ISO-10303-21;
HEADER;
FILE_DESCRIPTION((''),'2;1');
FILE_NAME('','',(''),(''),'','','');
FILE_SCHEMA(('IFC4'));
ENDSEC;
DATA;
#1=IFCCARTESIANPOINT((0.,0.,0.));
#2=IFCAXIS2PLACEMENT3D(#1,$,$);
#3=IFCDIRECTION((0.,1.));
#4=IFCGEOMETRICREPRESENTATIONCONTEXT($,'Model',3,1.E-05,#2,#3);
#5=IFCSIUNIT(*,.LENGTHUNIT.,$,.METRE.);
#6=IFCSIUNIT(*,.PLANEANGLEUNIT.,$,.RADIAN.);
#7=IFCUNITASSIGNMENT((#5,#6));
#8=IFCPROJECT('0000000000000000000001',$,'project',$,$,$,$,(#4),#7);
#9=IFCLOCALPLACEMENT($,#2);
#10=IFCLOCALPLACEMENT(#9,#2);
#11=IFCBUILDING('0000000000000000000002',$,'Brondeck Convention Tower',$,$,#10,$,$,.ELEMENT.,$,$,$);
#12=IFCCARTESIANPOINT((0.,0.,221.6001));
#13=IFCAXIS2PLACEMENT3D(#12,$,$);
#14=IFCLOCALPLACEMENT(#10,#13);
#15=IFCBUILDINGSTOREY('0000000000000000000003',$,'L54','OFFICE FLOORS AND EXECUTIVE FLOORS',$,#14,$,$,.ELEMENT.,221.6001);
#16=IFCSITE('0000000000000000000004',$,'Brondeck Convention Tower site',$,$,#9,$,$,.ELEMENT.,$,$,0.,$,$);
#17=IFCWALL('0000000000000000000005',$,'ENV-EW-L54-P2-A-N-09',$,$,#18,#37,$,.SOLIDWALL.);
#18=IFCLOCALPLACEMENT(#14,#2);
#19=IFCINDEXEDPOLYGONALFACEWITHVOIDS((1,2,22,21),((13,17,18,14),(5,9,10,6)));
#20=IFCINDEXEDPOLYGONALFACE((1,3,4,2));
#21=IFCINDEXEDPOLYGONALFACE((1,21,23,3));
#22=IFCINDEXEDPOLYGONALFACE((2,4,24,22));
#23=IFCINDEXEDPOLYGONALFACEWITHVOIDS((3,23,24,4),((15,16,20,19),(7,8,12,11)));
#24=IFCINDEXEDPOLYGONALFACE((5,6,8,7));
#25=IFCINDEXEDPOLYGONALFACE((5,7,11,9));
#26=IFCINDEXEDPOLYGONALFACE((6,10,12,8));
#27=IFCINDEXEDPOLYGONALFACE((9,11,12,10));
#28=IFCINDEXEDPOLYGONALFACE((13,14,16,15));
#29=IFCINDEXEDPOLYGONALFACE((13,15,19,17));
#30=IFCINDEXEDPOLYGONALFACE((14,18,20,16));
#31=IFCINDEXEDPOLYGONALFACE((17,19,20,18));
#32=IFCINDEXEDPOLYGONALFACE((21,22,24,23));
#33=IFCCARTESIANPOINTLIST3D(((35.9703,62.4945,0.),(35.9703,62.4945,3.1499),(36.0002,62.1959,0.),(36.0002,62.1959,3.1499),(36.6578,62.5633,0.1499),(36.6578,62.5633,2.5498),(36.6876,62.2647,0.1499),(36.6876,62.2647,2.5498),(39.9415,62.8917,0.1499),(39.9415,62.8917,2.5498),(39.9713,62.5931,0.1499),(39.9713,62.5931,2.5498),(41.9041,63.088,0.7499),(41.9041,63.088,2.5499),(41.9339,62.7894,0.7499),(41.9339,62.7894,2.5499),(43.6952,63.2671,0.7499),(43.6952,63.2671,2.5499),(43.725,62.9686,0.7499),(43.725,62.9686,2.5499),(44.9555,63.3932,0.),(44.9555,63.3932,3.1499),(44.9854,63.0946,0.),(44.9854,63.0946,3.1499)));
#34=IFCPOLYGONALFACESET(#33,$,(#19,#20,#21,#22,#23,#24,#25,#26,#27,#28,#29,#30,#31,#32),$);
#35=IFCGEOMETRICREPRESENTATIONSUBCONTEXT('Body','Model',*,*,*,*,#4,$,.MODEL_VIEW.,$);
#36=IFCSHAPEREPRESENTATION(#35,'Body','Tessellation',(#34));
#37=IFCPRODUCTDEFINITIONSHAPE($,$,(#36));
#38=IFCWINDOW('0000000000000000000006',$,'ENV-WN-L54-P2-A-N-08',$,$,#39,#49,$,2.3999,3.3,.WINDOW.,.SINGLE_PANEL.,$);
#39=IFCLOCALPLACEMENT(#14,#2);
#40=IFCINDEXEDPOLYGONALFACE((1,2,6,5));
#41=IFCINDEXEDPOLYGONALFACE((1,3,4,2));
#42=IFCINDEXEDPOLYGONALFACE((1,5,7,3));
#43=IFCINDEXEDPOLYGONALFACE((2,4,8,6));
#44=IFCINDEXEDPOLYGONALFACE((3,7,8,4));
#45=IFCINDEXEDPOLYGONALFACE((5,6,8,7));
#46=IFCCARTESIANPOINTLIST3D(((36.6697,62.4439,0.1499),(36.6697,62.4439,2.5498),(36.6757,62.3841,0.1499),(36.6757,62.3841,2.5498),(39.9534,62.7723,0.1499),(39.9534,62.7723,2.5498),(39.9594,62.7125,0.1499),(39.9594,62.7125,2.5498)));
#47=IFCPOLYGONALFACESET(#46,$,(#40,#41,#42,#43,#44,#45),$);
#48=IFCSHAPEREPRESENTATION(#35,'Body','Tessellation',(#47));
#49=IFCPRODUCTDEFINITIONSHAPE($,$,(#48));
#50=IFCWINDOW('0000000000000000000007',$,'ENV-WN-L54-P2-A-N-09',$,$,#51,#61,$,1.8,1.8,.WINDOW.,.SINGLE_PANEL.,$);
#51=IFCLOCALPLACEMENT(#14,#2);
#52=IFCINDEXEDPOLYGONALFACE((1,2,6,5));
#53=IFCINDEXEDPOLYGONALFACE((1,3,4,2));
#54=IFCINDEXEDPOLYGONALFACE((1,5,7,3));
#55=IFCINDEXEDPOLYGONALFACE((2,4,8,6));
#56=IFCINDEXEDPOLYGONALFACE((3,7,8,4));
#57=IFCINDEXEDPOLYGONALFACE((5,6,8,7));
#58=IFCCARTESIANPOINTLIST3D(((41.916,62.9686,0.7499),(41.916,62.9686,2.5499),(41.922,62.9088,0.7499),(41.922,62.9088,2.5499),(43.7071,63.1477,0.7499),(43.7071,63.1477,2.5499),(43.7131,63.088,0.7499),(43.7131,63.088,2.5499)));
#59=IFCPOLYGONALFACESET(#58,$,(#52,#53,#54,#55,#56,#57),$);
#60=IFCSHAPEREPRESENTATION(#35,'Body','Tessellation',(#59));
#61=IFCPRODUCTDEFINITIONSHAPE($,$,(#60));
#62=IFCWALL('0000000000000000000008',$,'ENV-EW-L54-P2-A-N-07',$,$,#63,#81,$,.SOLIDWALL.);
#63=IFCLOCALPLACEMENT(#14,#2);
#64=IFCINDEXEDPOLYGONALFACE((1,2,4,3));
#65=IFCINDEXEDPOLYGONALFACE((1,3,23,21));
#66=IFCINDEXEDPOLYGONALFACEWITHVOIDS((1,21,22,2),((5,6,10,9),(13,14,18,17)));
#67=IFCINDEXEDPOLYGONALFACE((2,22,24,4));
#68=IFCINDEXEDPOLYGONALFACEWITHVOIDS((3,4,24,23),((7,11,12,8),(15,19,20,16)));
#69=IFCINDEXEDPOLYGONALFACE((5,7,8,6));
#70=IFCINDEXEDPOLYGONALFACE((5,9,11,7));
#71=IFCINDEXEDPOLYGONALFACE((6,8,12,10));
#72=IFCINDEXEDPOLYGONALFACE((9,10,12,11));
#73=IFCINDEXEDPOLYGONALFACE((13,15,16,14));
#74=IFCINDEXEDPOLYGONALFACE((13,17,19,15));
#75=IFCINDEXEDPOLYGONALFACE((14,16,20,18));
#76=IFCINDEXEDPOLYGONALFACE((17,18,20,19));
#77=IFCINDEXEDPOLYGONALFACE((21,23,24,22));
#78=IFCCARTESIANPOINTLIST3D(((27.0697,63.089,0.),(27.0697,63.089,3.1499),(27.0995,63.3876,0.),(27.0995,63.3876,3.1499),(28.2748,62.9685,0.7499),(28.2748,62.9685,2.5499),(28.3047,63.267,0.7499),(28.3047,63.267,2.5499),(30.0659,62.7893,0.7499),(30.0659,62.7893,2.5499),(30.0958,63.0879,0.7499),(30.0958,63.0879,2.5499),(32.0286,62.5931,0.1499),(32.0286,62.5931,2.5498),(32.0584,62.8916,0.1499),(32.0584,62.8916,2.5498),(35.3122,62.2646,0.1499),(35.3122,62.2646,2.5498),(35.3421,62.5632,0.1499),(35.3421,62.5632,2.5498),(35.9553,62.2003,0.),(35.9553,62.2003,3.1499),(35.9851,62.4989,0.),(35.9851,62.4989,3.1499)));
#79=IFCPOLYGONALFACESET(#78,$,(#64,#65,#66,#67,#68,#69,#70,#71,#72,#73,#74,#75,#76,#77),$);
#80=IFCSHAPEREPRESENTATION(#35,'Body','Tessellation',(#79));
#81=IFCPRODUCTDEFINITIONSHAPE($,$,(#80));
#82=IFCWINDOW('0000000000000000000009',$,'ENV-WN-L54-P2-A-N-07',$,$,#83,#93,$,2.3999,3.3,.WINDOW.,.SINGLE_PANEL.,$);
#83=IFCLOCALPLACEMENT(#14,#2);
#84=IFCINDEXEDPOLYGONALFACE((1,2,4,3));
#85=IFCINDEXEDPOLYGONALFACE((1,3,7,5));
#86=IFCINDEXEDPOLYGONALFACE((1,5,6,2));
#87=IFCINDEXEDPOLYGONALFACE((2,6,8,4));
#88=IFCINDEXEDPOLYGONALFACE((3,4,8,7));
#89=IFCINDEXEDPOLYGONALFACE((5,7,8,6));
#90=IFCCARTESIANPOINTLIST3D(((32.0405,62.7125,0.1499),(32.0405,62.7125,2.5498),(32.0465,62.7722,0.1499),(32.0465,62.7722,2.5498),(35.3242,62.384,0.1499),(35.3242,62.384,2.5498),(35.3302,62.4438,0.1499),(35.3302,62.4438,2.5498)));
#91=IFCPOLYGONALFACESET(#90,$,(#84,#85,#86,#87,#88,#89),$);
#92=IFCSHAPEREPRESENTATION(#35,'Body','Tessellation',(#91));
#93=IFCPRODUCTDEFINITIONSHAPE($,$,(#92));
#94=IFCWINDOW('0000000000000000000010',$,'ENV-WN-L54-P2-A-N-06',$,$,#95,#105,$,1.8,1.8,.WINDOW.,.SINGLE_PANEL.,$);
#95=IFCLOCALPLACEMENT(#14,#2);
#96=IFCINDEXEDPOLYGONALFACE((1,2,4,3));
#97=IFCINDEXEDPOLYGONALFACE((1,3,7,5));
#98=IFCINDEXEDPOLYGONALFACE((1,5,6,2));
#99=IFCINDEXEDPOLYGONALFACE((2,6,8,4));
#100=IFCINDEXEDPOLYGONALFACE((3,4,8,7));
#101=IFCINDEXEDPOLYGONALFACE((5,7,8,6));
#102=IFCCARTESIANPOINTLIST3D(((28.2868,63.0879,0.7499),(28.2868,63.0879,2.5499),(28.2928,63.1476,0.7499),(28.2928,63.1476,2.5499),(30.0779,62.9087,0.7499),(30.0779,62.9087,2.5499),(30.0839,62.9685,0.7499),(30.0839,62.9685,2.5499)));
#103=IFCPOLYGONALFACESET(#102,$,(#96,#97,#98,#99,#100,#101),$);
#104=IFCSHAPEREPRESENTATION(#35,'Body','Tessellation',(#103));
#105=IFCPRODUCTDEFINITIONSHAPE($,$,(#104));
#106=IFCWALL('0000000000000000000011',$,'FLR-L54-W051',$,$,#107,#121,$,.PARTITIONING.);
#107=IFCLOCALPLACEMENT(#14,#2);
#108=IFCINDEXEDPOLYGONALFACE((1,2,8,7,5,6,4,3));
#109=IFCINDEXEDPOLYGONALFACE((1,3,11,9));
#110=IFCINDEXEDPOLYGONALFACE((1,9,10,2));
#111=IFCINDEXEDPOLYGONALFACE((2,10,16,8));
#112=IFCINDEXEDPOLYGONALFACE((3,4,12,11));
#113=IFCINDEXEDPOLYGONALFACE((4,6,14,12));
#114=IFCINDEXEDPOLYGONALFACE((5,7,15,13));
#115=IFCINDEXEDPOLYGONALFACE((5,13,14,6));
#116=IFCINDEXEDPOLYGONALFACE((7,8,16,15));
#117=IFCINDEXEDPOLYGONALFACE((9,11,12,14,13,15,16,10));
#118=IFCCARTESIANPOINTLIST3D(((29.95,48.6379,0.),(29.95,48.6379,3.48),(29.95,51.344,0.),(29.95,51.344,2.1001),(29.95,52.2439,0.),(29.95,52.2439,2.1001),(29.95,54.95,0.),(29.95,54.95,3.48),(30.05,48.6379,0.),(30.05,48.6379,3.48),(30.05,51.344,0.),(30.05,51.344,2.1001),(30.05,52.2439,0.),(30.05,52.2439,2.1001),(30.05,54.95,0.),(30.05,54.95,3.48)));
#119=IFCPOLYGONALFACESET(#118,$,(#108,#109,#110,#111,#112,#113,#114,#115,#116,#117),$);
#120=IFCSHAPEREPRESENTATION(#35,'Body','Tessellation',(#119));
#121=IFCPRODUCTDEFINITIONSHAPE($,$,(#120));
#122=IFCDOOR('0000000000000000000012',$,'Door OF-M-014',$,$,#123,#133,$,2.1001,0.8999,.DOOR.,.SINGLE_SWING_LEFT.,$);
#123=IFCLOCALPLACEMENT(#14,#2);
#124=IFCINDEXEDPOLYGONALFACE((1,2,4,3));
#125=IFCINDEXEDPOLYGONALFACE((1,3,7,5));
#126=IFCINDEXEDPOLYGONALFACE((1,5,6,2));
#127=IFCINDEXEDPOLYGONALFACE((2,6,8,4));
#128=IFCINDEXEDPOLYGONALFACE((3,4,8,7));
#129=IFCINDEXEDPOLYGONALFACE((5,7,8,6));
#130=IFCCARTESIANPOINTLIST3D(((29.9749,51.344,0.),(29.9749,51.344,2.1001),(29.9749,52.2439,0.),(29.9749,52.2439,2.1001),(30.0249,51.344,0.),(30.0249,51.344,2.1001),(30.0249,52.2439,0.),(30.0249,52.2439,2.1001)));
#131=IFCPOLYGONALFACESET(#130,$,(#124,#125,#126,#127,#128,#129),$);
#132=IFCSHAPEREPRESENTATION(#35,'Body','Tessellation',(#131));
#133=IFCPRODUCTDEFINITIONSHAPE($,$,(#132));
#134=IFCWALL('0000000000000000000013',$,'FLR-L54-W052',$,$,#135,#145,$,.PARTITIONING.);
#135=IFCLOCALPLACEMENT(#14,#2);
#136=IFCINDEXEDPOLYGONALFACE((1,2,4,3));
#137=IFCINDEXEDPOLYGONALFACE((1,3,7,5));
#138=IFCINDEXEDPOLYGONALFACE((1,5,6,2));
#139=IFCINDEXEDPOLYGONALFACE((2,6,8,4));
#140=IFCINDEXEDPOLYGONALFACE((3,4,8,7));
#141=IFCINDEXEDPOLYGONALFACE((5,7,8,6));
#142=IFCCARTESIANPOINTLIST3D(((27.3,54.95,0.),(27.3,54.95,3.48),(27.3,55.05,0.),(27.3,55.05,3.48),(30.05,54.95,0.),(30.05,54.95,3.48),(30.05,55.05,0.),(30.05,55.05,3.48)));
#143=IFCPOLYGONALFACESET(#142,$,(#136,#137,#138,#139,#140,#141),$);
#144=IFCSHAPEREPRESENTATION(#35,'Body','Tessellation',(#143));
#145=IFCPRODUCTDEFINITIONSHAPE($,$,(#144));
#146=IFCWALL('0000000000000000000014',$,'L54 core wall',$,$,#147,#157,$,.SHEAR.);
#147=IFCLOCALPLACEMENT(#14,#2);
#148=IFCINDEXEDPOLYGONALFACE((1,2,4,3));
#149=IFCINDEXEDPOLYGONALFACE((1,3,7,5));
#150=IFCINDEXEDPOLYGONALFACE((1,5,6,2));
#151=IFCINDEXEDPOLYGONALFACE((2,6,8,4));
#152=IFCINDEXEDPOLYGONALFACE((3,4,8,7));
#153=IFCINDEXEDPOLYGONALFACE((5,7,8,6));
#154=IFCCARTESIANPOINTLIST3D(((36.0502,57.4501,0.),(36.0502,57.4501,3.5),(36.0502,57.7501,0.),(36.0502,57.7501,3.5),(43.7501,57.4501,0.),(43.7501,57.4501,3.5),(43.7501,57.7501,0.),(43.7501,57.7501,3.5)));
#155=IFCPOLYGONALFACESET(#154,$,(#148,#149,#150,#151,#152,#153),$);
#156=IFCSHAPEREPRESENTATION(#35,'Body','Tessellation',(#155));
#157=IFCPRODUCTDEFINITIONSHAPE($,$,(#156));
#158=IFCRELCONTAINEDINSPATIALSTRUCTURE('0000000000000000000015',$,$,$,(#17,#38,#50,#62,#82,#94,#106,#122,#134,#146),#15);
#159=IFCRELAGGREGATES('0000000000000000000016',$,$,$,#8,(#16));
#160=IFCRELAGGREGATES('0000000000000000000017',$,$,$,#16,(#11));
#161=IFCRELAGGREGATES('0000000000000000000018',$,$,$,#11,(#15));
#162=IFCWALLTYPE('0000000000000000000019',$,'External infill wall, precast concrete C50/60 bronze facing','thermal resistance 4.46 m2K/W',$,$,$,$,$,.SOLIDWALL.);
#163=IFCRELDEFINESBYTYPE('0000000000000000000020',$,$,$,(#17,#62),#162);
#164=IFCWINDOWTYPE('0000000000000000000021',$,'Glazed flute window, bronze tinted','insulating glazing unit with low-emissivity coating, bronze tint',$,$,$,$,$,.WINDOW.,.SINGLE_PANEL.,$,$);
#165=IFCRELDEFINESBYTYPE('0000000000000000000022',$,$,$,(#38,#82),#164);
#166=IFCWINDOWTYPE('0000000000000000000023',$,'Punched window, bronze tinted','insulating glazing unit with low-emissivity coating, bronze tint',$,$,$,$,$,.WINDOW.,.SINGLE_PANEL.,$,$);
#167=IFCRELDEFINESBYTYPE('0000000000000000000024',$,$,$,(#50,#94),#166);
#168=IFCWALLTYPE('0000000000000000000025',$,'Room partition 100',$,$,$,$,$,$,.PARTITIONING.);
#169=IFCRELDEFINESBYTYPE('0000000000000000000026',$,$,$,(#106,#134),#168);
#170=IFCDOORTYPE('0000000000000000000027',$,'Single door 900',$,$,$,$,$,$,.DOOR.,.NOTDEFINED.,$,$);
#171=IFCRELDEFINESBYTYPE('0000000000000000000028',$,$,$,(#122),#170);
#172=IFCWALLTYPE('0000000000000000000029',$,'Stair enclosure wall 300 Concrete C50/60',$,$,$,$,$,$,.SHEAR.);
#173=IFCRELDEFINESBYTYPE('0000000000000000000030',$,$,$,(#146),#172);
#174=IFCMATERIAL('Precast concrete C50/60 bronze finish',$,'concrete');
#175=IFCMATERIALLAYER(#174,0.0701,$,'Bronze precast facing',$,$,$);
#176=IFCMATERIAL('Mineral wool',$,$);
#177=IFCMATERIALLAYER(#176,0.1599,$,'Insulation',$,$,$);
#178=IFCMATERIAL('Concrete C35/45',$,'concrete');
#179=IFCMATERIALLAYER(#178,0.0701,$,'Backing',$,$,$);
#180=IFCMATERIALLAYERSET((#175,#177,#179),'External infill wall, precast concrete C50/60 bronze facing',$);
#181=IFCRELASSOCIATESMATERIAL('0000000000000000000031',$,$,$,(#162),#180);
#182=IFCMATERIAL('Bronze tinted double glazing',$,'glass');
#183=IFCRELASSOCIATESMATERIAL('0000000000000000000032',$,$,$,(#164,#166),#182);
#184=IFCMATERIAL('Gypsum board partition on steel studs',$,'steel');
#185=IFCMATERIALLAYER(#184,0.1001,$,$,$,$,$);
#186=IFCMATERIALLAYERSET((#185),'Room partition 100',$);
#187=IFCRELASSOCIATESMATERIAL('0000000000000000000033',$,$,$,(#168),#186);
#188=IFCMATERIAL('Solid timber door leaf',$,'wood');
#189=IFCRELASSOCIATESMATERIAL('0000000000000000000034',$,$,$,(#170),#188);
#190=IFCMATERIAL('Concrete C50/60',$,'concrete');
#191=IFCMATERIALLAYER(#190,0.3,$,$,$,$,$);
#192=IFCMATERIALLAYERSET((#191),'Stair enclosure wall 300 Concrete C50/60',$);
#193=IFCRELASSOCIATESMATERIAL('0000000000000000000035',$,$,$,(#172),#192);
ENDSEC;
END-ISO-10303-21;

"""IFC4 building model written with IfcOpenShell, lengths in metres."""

from ifc_helpers import new_model, si_unit, direction, frame, frame_2d, origin, place, context, subcontext, project, spatial, rectangle, extrude, material, layer, layer_set, type_object, element, fill, save


model = new_model("IFC4")

# Units and contexts
model_context = context("Model", 3, precision=1e-05, world=origin(), true_north=direction((0.0, 1.0)))
body_context = subcontext(model_context, "Body", "Model", "MODEL_VIEW")
ifc_project = project(units=[si_unit("LENGTHUNIT", "METRE"), si_unit("PLANEANGLEUNIT", "RADIAN")], contexts=[model_context])

# Site, building, storey
site_placement = place(None, origin())
site = spatial("IfcSite", under=ifc_project, at=site_placement, Name="Brondeck Convention Tower site", CompositionType="ELEMENT", RefElevation=0.0)
building_placement = place(site_placement, origin())
building = spatial("IfcBuilding", under=site, at=building_placement, Name="Brondeck Convention Tower", CompositionType="ELEMENT")
storey_placement = place(building_placement, frame((0.0, 0.0, 221.6001)))
storey = spatial("IfcBuildingStorey", under=building, at=storey_placement, Name="L54", Description="OFFICE FLOORS AND EXECUTIVE FLOORS", CompositionType="ELEMENT", Elevation=221.6001)

# Shared definitions
ifc_material_1 = material(Name="Concrete C50/60", Category="concrete")

# Walls, openings, windows
ifc_material_2 = material(Name="Precast concrete C50/60 bronze finish", Category="concrete")
ifc_layer_1 = layer(ifc_material_2, 0.0701, Name="Bronze precast facing")
ifc_material_3 = material(Name="Mineral wool")
ifc_layer_2 = layer(ifc_material_3, 0.1599, Name="Insulation")
ifc_material_4 = material(Name="Concrete C35/45", Category="concrete")
ifc_layer_3 = layer(ifc_material_4, 0.0701, Name="Backing")
ifc_layer_set_1 = layer_set([ifc_layer_1, ifc_layer_2, ifc_layer_3], Name="External infill wall, precast concrete C50/60 bronze facing")
wall_type_1 = type_object("IfcWallType", Name="External infill wall, precast concrete C50/60 bronze facing", Description="thermal resistance 4.46 m2K/W", PredefinedType="SOLIDWALL", material=ifc_layer_set_1)
wall_1_placement = place(storey_placement, frame((35.9851, 62.3452, 0.0), z_axis=(0.0, 0.0, 1.0), x_axis=(0.995035, 0.099522, 0.0)))
wall_1 = element("IfcWall", 1, at=wall_1_placement, inside=storey, type_object=wall_type_1, Name="ENV-EW-L54-P2-A-N-09", PredefinedType="SOLIDWALL", context=body_context, shape_type="SweptSolid", body=[
    extrude(rectangle(XDim=9.03, YDim=0.3, at=frame_2d((4.5151, 0.0))), origin(), (0.0, 0.0, 1.0), 3.1499),
])
opening_1_placement = place(wall_1_placement, frame((0.6912, 0.0, 0.1499)))
opening_1 = element("IfcOpeningElement", 2, at=opening_1_placement, cuts=wall_1, PredefinedType="OPENING", context=body_context, shape_type="SweptSolid", body=[
    extrude(rectangle(XDim=3.3, YDim=2.3999, at=frame_2d((1.6499, 1.2))), frame((0.0, 0.1599, 0.0), z_axis=(0.0, -1.0, 0.0), x_axis=(1.0, 0.0, 0.0)), (0.0, 0.0, 1.0), 0.3201),
])
opening_2_placement = place(wall_1_placement, frame((5.9636, 0.0, 0.75)))
opening_2 = element("IfcOpeningElement", 3, at=opening_2_placement, cuts=wall_1, PredefinedType="OPENING", context=body_context, shape_type="SweptSolid", body=[
    extrude(rectangle(XDim=1.8, YDim=1.8, at=frame_2d((0.8999, 0.8999))), frame((0.0, 0.1599, 0.0), z_axis=(0.0, -1.0, 0.0), x_axis=(1.0, 0.0, 0.0)), (0.0, 0.0, 1.0), 0.3201),
])
ifc_material_5 = material(Name="Bronze tinted double glazing", Category="glass")
window_type_1 = type_object("IfcWindowType", Name="Glazed flute window, bronze tinted", Description="insulating glazing unit with low-emissivity coating, bronze tint", PartitioningType="SINGLE_PANEL", PredefinedType="WINDOW", material=ifc_material_5)
window_1_placement = place(opening_1_placement, origin())
window_1 = element("IfcWindow", 4, at=window_1_placement, inside=storey, type_object=window_type_1, Name="ENV-WN-L54-P2-A-N-08", OverallHeight=2.3999, OverallWidth=3.3, PartitioningType="SINGLE_PANEL", PredefinedType="WINDOW", context=body_context, shape_type="SweptSolid", body=[
    extrude(rectangle(XDim=3.3, YDim=2.3999, at=frame_2d((1.6499, 1.2))), frame((0.0, 0.03, 0.0), z_axis=(0.0, -1.0, 0.0), x_axis=(1.0, 0.0, 0.0)), (0.0, 0.0, 1.0), 0.0601),
])
fill(opening_1, window_1)
window_type_2 = type_object("IfcWindowType", Name="Punched window, bronze tinted", Description="insulating glazing unit with low-emissivity coating, bronze tint", PartitioningType="SINGLE_PANEL", PredefinedType="WINDOW", material=ifc_material_5)
window_2_placement = place(opening_2_placement, origin())
window_2 = element("IfcWindow", 5, at=window_2_placement, inside=storey, type_object=window_type_2, Name="ENV-WN-L54-P2-A-N-09", OverallHeight=1.8, OverallWidth=1.8, PartitioningType="SINGLE_PANEL", PredefinedType="WINDOW", context=body_context, shape_type="SweptSolid", body=[
    extrude(rectangle(XDim=1.8, YDim=1.8, at=frame_2d((0.8999, 0.8999))), frame((0.0, 0.03, 0.0), z_axis=(0.0, -1.0, 0.0), x_axis=(1.0, 0.0, 0.0)), (0.0, 0.0, 1.0), 0.0601),
])
fill(opening_2, window_2)
wall_2_placement = place(storey_placement, frame((27.0847, 63.2383, 0.0), z_axis=(0.0, 0.0, 1.0), x_axis=(0.995036, -0.099517, 0.0)))
wall_2 = element("IfcWall", 6, at=wall_2_placement, inside=storey, type_object=wall_type_1, Name="ENV-EW-L54-P2-A-N-07", PredefinedType="SOLIDWALL", context=body_context, shape_type="SweptSolid", body=[
    extrude(rectangle(XDim=8.9299, YDim=0.3, at=frame_2d((4.4648, 0.0))), origin(), (0.0, 0.0, 1.0), 3.1499),
])
opening_3_placement = place(wall_2_placement, frame((1.2112, 0.0, 0.75)))
opening_3 = element("IfcOpeningElement", 7, at=opening_3_placement, cuts=wall_2, PredefinedType="OPENING", context=body_context, shape_type="SweptSolid", body=[
    extrude(rectangle(XDim=1.8, YDim=1.8, at=frame_2d((0.8999, 0.8999))), frame((0.0, 0.1599, 0.0), z_axis=(0.0, -1.0, 0.0), x_axis=(1.0, 0.0, 0.0)), (0.0, 0.0, 1.0), 0.3201),
])
opening_4_placement = place(wall_2_placement, frame((4.9836, 0.0, 0.1499)))
opening_4 = element("IfcOpeningElement", 8, at=opening_4_placement, cuts=wall_2, PredefinedType="OPENING", context=body_context, shape_type="SweptSolid", body=[
    extrude(rectangle(XDim=3.3, YDim=2.3999, at=frame_2d((1.6499, 1.2))), frame((0.0, 0.1599, 0.0), z_axis=(0.0, -1.0, 0.0), x_axis=(1.0, 0.0, 0.0)), (0.0, 0.0, 1.0), 0.3201),
])
window_3_placement = place(opening_4_placement, origin())
window_3 = element("IfcWindow", 9, at=window_3_placement, inside=storey, type_object=window_type_1, Name="ENV-WN-L54-P2-A-N-07", OverallHeight=2.3999, OverallWidth=3.3, PartitioningType="SINGLE_PANEL", PredefinedType="WINDOW", context=body_context, shape_type="SweptSolid", body=[
    extrude(rectangle(XDim=3.3, YDim=2.3999, at=frame_2d((1.6499, 1.2))), frame((0.0, 0.03, 0.0), z_axis=(0.0, -1.0, 0.0), x_axis=(1.0, 0.0, 0.0)), (0.0, 0.0, 1.0), 0.0601),
])
fill(opening_4, window_3)
window_4_placement = place(opening_3_placement, origin())
window_4 = element("IfcWindow", 10, at=window_4_placement, inside=storey, type_object=window_type_2, Name="ENV-WN-L54-P2-A-N-06", OverallHeight=1.8, OverallWidth=1.8, PartitioningType="SINGLE_PANEL", PredefinedType="WINDOW", context=body_context, shape_type="SweptSolid", body=[
    extrude(rectangle(XDim=1.8, YDim=1.8, at=frame_2d((0.8999, 0.8999))), frame((0.0, 0.03, 0.0), z_axis=(0.0, -1.0, 0.0), x_axis=(1.0, 0.0, 0.0)), (0.0, 0.0, 1.0), 0.0601),
])
fill(opening_3, window_4)

# Wall, opening, door
ifc_material_6 = material(Name="Gypsum board partition on steel studs", Category="steel")
ifc_layer_4 = layer(ifc_material_6, 0.1001)
ifc_layer_set_2 = layer_set([ifc_layer_4], Name="Room partition 100")
wall_type_2 = type_object("IfcWallType", Name="Room partition 100", PredefinedType="PARTITIONING", material=ifc_layer_set_2)
wall_3_placement = place(storey_placement, frame((30.0, 54.95, 0.0), z_axis=(0.0, 0.0, 1.0), x_axis=(0.0, -1.0, 0.0)))
wall_3 = element("IfcWall", 11, at=wall_3_placement, inside=storey, type_object=wall_type_2, Name="FLR-L54-W051", PredefinedType="PARTITIONING", context=body_context, shape_type="SweptSolid", body=[
    extrude(rectangle(XDim=6.312, YDim=0.1001, at=frame_2d((3.156, 0.0))), origin(), (0.0, 0.0, 1.0), 3.48),
])
opening_5_placement = place(wall_3_placement, frame((2.7061, 0.0, 0.0)))
opening_5 = element("IfcOpeningElement", 12, at=opening_5_placement, cuts=wall_3, PredefinedType="OPENING", context=body_context, shape_type="SweptSolid", body=[
    extrude(rectangle(XDim=0.8999, YDim=2.1001, at=frame_2d((0.45, 1.05))), frame((0.0, 0.0601, 0.0), z_axis=(0.0, -1.0, 0.0), x_axis=(1.0, 0.0, 0.0)), (0.0, 0.0, 1.0), 0.1201),
])
ifc_material_7 = material(Name="Solid timber door leaf", Category="wood")
door_type = type_object("IfcDoorType", Name="Single door 900", OperationType="NOTDEFINED", PredefinedType="DOOR", material=ifc_material_7)
door_placement = place(opening_5_placement, origin())
door = element("IfcDoor", 13, at=door_placement, inside=storey, type_object=door_type, Name="Door OF-M-014", OperationType="SINGLE_SWING_LEFT", OverallHeight=2.1001, OverallWidth=0.8999, PredefinedType="DOOR", context=body_context, shape_type="SweptSolid", body=[
    extrude(rectangle(XDim=0.8999, YDim=2.1001, at=frame_2d((0.45, 1.05))), frame((0.0, 0.0249, 0.0), z_axis=(0.0, -1.0, 0.0), x_axis=(1.0, 0.0, 0.0)), (0.0, 0.0, 1.0), 0.05),
])
fill(opening_5, door)

# Walls
wall_4_placement = place(storey_placement, frame((27.3, 55.0, 0.0), z_axis=(0.0, 0.0, 1.0), x_axis=(1.0, 0.0, 0.0)))
element("IfcWall", 14, at=wall_4_placement, inside=storey, type_object=wall_type_2, Name="FLR-L54-W052", PredefinedType="PARTITIONING", context=body_context, shape_type="SweptSolid", body=[
    extrude(rectangle(XDim=2.75, YDim=0.1001, at=frame_2d((1.375, 0.0))), origin(), (0.0, 0.0, 1.0), 3.48),
])
ifc_layer_5 = layer(ifc_material_1, 0.3)
ifc_layer_set_3 = layer_set([ifc_layer_5], Name="Stair enclosure wall 300 Concrete C50/60")
wall_type_3 = type_object("IfcWallType", Name="Stair enclosure wall 300 Concrete C50/60", PredefinedType="SHEAR", material=ifc_layer_set_3)
wall_5_placement = place(storey_placement, frame((36.05, 57.6001, 0.0), z_axis=(0.0, 0.0, 1.0), x_axis=(1.0, 0.0, 0.0)))
element("IfcWall", 15, at=wall_5_placement, inside=storey, type_object=wall_type_3, Name="L54 core wall", PredefinedType="SHEAR", context=body_context, shape_type="SweptSolid", body=[
    extrude(rectangle(XDim=7.7, YDim=0.3, at=frame_2d((3.8501, 0.0))), origin(), (0.0, 0.0, 1.0), 3.5),
])

save(model, "model.ifc")
